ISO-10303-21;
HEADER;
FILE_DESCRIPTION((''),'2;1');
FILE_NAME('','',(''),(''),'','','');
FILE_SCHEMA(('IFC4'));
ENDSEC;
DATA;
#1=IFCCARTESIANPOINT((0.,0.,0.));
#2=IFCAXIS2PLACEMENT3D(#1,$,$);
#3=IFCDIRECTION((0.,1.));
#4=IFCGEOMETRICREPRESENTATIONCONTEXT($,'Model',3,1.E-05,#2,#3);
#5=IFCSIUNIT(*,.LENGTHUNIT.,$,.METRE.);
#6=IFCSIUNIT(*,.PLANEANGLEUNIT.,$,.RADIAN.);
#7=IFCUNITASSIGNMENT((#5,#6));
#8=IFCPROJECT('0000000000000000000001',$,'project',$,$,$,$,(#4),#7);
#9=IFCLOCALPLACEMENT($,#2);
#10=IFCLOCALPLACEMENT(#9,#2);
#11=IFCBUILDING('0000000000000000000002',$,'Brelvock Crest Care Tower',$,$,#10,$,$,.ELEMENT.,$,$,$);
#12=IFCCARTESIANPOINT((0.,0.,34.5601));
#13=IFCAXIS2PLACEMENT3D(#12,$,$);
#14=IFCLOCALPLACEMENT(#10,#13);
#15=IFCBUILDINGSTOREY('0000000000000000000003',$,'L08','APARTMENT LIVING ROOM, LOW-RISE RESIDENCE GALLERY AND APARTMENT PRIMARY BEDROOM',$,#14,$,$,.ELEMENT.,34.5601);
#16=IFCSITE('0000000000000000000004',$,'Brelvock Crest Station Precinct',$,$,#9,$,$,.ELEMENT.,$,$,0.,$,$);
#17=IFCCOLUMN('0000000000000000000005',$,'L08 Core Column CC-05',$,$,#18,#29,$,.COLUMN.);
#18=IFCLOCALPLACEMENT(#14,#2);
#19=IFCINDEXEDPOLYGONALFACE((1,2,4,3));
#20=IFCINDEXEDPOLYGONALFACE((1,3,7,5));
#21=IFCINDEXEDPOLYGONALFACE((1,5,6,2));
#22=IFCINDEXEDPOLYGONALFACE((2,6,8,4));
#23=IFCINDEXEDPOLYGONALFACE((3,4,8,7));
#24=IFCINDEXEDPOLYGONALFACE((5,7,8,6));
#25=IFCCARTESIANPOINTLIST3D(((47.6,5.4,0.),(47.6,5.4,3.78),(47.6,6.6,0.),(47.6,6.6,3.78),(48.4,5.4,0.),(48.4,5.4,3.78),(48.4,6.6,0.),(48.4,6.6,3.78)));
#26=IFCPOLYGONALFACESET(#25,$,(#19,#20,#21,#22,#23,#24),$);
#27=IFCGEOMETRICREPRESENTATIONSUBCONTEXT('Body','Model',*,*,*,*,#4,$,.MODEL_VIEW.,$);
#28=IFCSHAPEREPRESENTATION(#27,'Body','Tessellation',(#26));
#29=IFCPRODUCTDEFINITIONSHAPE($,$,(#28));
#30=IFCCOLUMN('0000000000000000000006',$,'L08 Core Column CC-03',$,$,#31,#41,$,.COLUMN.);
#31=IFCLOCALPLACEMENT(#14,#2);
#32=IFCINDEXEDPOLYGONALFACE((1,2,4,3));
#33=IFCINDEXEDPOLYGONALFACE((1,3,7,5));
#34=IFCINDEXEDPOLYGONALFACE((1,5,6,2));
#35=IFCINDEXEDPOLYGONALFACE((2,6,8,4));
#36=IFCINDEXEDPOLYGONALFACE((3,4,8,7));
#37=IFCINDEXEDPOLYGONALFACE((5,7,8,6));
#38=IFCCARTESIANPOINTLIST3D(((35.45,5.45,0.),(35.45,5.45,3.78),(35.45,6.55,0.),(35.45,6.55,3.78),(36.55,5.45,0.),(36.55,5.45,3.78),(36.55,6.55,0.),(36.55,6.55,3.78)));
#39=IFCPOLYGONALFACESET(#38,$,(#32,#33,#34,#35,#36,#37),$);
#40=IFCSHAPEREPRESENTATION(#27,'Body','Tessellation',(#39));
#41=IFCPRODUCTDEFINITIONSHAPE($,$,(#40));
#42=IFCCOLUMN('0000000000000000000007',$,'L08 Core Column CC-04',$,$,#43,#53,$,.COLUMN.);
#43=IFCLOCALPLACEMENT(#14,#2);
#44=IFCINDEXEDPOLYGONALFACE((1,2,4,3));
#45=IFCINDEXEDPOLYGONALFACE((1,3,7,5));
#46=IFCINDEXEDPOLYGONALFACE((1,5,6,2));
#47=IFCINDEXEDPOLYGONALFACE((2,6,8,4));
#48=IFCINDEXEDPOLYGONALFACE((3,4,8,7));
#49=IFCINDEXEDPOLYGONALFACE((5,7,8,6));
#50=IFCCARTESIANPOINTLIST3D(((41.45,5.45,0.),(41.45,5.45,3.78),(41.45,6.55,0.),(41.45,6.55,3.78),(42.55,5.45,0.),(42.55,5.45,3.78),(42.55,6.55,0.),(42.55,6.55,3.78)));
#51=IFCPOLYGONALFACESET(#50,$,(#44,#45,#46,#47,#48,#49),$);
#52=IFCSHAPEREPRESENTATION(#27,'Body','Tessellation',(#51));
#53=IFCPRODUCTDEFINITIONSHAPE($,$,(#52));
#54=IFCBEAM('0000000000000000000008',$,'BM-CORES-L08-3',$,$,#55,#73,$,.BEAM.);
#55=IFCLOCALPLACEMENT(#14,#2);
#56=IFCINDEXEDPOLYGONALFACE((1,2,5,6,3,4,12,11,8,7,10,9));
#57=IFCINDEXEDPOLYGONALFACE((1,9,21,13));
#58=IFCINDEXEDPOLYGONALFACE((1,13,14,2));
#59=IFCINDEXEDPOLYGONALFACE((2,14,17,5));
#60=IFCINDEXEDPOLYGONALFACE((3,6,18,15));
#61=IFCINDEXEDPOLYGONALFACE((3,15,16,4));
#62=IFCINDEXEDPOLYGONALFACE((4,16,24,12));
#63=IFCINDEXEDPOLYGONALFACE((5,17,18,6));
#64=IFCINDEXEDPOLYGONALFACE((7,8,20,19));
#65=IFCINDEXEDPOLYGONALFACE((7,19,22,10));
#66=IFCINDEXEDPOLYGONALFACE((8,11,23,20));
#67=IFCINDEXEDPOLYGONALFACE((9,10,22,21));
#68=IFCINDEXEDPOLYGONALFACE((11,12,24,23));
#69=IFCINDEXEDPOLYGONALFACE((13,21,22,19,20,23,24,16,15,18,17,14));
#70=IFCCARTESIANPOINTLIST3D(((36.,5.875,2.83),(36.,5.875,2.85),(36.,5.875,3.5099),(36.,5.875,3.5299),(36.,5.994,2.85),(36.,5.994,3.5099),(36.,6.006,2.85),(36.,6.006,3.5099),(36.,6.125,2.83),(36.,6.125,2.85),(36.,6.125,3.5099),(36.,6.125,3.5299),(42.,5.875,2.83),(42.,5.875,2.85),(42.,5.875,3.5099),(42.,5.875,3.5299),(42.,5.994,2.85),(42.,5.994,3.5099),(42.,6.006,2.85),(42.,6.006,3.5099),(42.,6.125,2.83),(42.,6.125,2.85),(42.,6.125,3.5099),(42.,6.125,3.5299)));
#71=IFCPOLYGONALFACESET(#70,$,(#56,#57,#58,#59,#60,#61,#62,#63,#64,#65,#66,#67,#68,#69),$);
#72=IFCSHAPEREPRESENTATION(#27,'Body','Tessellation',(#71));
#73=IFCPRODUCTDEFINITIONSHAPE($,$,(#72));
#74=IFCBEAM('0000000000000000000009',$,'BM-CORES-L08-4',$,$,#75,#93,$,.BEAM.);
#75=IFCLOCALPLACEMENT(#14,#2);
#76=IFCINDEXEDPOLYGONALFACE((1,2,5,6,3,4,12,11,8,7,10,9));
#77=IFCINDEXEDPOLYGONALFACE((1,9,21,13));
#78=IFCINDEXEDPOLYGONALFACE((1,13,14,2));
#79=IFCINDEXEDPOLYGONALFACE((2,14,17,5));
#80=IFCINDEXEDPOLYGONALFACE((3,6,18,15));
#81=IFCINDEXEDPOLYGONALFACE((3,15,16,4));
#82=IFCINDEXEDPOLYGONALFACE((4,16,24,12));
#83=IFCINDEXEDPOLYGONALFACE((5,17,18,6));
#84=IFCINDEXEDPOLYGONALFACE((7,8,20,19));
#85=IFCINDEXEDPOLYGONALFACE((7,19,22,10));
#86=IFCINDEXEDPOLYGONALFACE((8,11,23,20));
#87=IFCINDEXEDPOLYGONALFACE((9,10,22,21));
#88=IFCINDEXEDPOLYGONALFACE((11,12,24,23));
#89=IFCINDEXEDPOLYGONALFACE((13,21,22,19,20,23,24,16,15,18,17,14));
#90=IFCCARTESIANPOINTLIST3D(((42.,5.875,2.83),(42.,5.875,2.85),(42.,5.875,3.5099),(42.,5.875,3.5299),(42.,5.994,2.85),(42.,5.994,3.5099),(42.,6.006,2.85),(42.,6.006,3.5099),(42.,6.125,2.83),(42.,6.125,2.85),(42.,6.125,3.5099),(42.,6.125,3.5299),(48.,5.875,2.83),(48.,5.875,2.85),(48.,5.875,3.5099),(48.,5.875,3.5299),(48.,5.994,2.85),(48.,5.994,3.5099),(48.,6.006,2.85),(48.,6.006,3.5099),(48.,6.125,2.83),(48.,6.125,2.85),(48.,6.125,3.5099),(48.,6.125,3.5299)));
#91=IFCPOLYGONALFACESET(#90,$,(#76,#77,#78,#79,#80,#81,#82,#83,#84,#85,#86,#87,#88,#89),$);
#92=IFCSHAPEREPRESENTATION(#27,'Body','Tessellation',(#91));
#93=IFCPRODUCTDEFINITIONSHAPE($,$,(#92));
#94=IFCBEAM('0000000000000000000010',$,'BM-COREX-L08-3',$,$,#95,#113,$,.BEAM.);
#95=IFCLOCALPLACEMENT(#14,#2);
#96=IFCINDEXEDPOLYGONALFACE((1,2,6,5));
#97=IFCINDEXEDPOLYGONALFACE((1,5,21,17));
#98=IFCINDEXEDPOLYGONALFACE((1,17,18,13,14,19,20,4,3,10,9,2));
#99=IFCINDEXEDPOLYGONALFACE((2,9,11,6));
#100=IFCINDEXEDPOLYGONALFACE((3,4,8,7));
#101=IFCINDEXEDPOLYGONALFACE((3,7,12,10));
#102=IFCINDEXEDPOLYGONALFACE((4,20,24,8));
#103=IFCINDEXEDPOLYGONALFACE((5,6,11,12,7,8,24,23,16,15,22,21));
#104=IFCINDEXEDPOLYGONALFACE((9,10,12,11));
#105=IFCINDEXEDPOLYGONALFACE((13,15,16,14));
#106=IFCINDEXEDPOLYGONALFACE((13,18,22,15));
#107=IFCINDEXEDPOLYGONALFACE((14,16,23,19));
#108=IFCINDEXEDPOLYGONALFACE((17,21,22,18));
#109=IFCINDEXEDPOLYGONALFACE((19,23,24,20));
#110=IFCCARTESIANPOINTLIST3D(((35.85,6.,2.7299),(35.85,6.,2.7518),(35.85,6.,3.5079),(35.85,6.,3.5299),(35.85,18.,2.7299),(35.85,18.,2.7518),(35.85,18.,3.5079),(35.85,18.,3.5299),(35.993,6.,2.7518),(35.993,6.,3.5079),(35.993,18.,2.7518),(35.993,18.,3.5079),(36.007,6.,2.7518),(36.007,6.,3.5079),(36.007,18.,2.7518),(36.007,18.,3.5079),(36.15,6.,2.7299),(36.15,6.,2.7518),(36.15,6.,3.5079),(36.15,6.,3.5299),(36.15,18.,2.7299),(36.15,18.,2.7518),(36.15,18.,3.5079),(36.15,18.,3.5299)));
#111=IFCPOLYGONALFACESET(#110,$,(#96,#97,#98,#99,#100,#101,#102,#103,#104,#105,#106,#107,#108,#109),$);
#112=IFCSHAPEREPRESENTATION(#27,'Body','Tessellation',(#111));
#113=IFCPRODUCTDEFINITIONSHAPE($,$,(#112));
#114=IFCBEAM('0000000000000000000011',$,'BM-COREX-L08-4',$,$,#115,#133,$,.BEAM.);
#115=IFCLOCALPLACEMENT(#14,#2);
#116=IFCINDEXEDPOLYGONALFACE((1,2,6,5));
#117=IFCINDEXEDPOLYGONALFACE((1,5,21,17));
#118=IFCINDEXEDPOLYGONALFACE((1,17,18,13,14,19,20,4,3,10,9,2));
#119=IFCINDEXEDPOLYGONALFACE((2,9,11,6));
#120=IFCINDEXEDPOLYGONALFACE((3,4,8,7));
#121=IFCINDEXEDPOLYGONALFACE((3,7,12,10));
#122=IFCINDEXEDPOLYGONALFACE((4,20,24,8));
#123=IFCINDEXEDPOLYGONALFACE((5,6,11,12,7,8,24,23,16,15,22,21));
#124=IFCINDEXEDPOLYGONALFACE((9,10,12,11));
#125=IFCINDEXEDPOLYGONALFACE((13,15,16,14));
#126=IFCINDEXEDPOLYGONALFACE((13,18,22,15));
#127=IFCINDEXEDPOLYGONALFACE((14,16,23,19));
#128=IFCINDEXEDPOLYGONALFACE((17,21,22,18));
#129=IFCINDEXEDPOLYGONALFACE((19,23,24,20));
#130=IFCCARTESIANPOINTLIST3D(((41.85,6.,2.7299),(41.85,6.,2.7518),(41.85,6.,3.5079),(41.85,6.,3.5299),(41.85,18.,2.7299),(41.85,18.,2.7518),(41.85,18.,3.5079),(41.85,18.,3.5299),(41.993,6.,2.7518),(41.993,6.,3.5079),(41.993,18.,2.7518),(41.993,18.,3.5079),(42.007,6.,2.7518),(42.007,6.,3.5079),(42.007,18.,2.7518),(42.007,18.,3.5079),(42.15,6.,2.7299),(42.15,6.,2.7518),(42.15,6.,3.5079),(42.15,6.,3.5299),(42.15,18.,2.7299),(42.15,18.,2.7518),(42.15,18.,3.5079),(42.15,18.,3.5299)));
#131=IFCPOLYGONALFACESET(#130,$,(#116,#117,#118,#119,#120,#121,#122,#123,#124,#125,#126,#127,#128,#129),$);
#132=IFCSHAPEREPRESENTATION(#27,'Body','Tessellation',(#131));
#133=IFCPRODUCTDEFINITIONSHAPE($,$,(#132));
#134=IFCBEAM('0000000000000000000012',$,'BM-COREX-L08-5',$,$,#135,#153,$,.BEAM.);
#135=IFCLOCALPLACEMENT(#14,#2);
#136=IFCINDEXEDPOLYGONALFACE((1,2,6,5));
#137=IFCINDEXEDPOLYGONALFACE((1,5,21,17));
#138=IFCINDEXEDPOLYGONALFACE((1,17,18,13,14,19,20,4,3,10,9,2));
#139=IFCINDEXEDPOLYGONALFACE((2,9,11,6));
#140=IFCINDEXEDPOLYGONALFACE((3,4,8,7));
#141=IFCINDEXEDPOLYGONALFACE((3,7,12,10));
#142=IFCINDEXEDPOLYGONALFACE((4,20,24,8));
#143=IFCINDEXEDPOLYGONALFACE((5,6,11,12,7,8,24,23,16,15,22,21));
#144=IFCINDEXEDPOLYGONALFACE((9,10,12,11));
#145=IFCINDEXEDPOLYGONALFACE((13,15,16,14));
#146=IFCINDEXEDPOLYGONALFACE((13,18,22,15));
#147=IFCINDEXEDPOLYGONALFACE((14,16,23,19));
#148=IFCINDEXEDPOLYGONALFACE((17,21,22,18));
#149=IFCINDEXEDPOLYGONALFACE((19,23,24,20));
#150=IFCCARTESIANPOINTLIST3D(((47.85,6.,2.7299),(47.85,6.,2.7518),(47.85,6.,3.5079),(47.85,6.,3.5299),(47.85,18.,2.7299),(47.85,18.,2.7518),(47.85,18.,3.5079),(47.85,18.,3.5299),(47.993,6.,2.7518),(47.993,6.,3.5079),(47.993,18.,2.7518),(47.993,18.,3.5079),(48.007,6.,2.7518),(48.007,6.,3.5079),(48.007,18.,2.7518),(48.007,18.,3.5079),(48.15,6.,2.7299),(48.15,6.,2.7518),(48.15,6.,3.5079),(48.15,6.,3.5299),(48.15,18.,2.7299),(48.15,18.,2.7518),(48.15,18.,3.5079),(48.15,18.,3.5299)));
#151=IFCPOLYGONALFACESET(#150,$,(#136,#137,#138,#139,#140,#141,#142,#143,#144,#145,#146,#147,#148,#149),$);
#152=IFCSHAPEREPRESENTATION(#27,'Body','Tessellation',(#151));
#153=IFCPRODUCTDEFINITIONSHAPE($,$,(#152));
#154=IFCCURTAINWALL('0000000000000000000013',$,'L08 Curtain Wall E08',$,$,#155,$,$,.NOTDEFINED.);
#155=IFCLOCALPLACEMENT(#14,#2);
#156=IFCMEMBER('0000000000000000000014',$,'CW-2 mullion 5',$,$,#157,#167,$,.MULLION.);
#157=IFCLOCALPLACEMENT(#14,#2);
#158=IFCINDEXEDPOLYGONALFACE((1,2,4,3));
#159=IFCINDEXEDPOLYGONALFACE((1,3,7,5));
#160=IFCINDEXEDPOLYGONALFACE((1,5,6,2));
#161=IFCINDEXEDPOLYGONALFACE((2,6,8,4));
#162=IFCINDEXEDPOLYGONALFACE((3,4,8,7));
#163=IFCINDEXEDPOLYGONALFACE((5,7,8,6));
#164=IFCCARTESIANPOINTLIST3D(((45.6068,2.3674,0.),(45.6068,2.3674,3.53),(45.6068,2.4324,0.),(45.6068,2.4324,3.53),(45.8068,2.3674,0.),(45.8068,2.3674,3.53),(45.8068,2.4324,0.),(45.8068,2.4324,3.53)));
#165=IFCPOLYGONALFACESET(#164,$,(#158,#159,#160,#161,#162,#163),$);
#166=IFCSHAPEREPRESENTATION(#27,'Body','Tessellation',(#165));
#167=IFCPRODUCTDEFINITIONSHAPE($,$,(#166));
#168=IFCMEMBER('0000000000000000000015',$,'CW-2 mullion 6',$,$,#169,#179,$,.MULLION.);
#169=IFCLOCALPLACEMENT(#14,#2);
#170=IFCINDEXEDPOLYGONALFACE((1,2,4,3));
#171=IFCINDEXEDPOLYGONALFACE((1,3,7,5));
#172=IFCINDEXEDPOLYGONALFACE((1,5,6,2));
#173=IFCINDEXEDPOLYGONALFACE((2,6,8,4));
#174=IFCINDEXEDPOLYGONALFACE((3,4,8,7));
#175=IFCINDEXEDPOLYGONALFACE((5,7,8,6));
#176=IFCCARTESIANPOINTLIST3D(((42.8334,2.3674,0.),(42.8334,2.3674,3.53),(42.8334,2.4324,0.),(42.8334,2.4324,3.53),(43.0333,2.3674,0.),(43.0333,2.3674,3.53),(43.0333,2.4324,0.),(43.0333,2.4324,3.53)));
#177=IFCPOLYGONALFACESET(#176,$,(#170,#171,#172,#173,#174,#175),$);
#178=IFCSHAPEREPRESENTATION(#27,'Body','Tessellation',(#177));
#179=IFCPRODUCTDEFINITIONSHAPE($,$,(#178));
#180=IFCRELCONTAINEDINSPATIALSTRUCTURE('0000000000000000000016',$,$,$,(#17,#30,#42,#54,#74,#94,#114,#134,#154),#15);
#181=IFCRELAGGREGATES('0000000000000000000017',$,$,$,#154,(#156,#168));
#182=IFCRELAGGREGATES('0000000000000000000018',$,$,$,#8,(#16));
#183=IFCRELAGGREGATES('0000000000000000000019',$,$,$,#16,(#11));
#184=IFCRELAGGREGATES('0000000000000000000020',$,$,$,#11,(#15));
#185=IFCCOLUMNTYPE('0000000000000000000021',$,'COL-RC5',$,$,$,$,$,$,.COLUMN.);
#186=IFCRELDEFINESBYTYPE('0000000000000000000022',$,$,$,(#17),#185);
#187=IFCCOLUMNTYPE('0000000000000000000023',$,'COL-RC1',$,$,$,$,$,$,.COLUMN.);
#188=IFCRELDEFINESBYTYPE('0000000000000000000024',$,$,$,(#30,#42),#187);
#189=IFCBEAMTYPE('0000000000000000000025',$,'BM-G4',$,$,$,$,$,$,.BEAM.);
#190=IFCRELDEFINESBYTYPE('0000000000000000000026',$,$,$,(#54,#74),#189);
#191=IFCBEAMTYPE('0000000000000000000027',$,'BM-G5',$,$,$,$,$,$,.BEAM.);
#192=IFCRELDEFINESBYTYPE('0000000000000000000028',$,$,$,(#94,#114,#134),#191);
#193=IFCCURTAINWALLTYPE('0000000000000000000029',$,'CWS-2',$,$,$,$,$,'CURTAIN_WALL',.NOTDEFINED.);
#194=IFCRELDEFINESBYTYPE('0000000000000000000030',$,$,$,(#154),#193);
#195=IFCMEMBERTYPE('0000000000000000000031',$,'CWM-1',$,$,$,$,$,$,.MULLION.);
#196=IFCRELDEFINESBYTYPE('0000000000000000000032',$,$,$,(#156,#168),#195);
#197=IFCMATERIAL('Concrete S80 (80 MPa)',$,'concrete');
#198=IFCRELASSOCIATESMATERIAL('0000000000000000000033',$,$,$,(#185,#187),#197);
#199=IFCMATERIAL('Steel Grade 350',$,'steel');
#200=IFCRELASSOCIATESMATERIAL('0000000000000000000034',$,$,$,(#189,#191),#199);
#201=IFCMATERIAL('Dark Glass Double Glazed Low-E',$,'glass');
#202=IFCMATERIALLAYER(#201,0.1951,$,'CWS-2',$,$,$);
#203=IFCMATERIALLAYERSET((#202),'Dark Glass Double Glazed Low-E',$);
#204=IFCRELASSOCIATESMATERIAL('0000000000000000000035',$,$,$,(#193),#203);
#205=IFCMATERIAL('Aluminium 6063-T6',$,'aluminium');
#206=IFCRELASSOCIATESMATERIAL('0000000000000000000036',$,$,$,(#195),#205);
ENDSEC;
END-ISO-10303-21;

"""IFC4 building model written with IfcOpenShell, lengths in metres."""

from ifc_helpers import new_model, si_unit, direction, frame, origin, origin_2d, place, context, subcontext, project, spatial, rectangle, i_section, extrude, source, transform, mapped, material, layer, layer_set, material_profile, profile_set, type_object, element, aggregate, save


model = new_model("IFC4")

# Units and contexts
model_context = context("Model", 3, precision=1e-05, world=origin(), true_north=direction((0.0, 1.0)))
body_context = subcontext(model_context, "Body", "Model", "MODEL_VIEW")
ifc_project = project(units=[si_unit("LENGTHUNIT", "METRE"), si_unit("PLANEANGLEUNIT", "RADIAN")], contexts=[model_context])

# Site, building, storey
site_placement = place(None, origin())
site = spatial("IfcSite", under=ifc_project, at=site_placement, Name="Brelvock Crest Station Precinct", CompositionType="ELEMENT", RefElevation=0.0)
building_placement = place(site_placement, origin())
building = spatial("IfcBuilding", under=site, at=building_placement, Name="Brelvock Crest Care Tower", CompositionType="ELEMENT")
storey_placement = place(building_placement, frame((0.0, 0.0, 34.5601)))
storey = spatial("IfcBuildingStorey", under=building, at=storey_placement, Name="L08", Description="APARTMENT LIVING ROOM, LOW-RISE RESIDENCE GALLERY AND APARTMENT PRIMARY BEDROOM", CompositionType="ELEMENT", Elevation=34.5601)

# Columns
ifc_material_1 = material(Name="Concrete S80 (80 MPa)", Category="concrete")
ifc_material_profile_1 = material_profile(ifc_material_1, rectangle(XDim=0.8, YDim=1.2, at=origin_2d()), Name="RC800x1200")
ifc_profile_set_1 = profile_set([ifc_material_profile_1], Name="Concrete S80 (80 MPa)")
column_type_1 = type_object("IfcColumnType", Name="COL-RC5", PredefinedType="COLUMN", material=ifc_profile_set_1)
shared_shape_1 = source(origin(), body_context, "Body", "SweptSolid", [
    extrude(rectangle(XDim=0.8, YDim=1.2, at=origin_2d()), origin(), (0.0, 0.0, 1.0), 3.78),
])
column_placement = place(storey_placement, frame((48.0, 6.0, 0.0), z_axis=(0.0, 0.0, 1.0), x_axis=(1.0, 0.0, 0.0)))
element("IfcColumn", 1, at=column_placement, inside=storey, type_object=column_type_1, Name="L08 Core Column CC-05", PredefinedType="COLUMN", context=body_context, shape_type="MappedRepresentation", body=[
    mapped(shared_shape_1, transform((0.0, 0.0, 0.0), x_axis=(1.0, 0.0, 0.0), y_axis=(0.0, 1.0, 0.0), z_axis=(0.0, 0.0, 1.0), scale=1.0)),
])
ifc_material_profile_2 = material_profile(ifc_material_1, rectangle(XDim=1.1001, YDim=1.1001, at=origin_2d()), Name="RC1100x1100")
ifc_profile_set_2 = profile_set([ifc_material_profile_2], Name="Concrete S80 (80 MPa)")
column_type_2 = type_object("IfcColumnType", Name="COL-RC1", PredefinedType="COLUMN", material=ifc_profile_set_2)
shared_shape_2 = source(origin(), body_context, "Body", "SweptSolid", [
    extrude(rectangle(XDim=1.1001, YDim=1.1001, at=origin_2d()), origin(), (0.0, 0.0, 1.0), 3.78),
])
for number, where, z_axis, x_axis, name in (
    (2, (36.0, 6.0, 0.0), (0.0, 0.0, 1.0), (1.0, 0.0, 0.0), "L08 Core Column CC-03"),
    (3, (42.0, 6.0, 0.0), (0.0, 0.0, 1.0), (1.0, 0.0, 0.0), "L08 Core Column CC-04"),
):
    element("IfcColumn", number, at=place(storey_placement, frame(where, z_axis=z_axis, x_axis=x_axis)), inside=storey, type_object=column_type_2, Name=name, PredefinedType="COLUMN", context=body_context, shape_type="MappedRepresentation", body=[
        mapped(shared_shape_2, transform((0.0, 0.0, 0.0), x_axis=(1.0, 0.0, 0.0), y_axis=(0.0, 1.0, 0.0), z_axis=(0.0, 0.0, 1.0), scale=1.0)),
    ])

# Beams
ifc_material_2 = material(Name="Steel Grade 350", Category="steel")
ifc_material_profile_3 = material_profile(ifc_material_2, i_section(OverallWidth=0.25, OverallDepth=0.7, WebThickness=0.012, FlangeThickness=0.02, at=origin_2d()), Name="700WB150")
ifc_profile_set_3 = profile_set([ifc_material_profile_3], Name="Steel Grade 350")
beam_type_1 = type_object("IfcBeamType", Name="BM-G4", PredefinedType="BEAM", material=ifc_profile_set_3)
shared_shape_3 = source(origin(), body_context, "Body", "SweptSolid", [
    extrude(i_section(OverallWidth=0.25, OverallDepth=0.7, WebThickness=0.012, FlangeThickness=0.02, at=origin_2d()), origin(), (0.0, 0.0, 1.0), 6.0),
])
for number, where, z_axis, x_axis, name in (
    (4, (36.0, 6.0, 3.1799), (1.0, 0.0, 0.0), (0.0, 1.0, 0.0), "BM-CORES-L08-3"),
    (5, (42.0, 6.0, 3.1799), (1.0, 0.0, 0.0), (0.0, 1.0, 0.0), "BM-CORES-L08-4"),
):
    element("IfcBeam", number, at=place(storey_placement, frame(where, z_axis=z_axis, x_axis=x_axis)), inside=storey, type_object=beam_type_1, Name=name, PredefinedType="BEAM", context=body_context, shape_type="MappedRepresentation", body=[
        mapped(shared_shape_3, transform((0.0, 0.0, 0.0), x_axis=(1.0, 0.0, 0.0), y_axis=(0.0, 1.0, 0.0), z_axis=(0.0, 0.0, 1.0), scale=1.0)),
    ])
ifc_material_profile_4 = material_profile(ifc_material_2, i_section(OverallWidth=0.3, OverallDepth=0.8, WebThickness=0.0139, FlangeThickness=0.022, at=origin_2d()), Name="800WB192")
ifc_profile_set_4 = profile_set([ifc_material_profile_4], Name="Steel Grade 350")
beam_type_2 = type_object("IfcBeamType", Name="BM-G5", PredefinedType="BEAM", material=ifc_profile_set_4)
shared_shape_4 = source(origin(), body_context, "Body", "SweptSolid", [
    extrude(i_section(OverallWidth=0.3, OverallDepth=0.8, WebThickness=0.0139, FlangeThickness=0.022, at=origin_2d()), origin(), (0.0, 0.0, 1.0), 12.0),
])
for number, where, z_axis, x_axis, name in (
    (6, (36.0, 6.0, 3.1299), (0.0, 1.0, 0.0), (-1.0, 0.0, 0.0), "BM-COREX-L08-3"),
    (7, (42.0, 6.0, 3.1299), (0.0, 1.0, 0.0), (-1.0, 0.0, 0.0), "BM-COREX-L08-4"),
    (8, (48.0, 6.0, 3.1299), (0.0, 1.0, 0.0), (-1.0, 0.0, 0.0), "BM-COREX-L08-5"),
):
    element("IfcBeam", number, at=place(storey_placement, frame(where, z_axis=z_axis, x_axis=x_axis)), inside=storey, type_object=beam_type_2, Name=name, PredefinedType="BEAM", context=body_context, shape_type="MappedRepresentation", body=[
        mapped(shared_shape_4, transform((0.0, 0.0, 0.0), x_axis=(1.0, 0.0, 0.0), y_axis=(0.0, 1.0, 0.0), z_axis=(0.0, 0.0, 1.0), scale=1.0)),
    ])

# Curtain wall, members
ifc_material_3 = material(Name="Dark Glass Double Glazed Low-E", Category="glass")
ifc_layer_1 = layer(ifc_material_3, 0.1951, Name="CWS-2")
ifc_layer_set_1 = layer_set([ifc_layer_1], Name="Dark Glass Double Glazed Low-E")
curtain_wall_type = type_object("IfcCurtainWallType", Name="CWS-2", ElementType="CURTAIN_WALL", PredefinedType="NOTDEFINED", material=ifc_layer_set_1)
curtain_wall_placement = place(storey_placement, origin())
curtain_wall = element("IfcCurtainWall", 9, at=curtain_wall_placement, inside=storey, type_object=curtain_wall_type, Name="L08 Curtain Wall E08", PredefinedType="NOTDEFINED")
ifc_material_4 = material(Name="Aluminium 6063-T6", Category="aluminium")
ifc_material_profile_5 = material_profile(ifc_material_4, rectangle(XDim=0.0649, YDim=0.2, at=origin_2d()), Name="ALU65x200")
ifc_profile_set_5 = profile_set([ifc_material_profile_5], Name="Aluminium 6063-T6")
member_type_1 = type_object("IfcMemberType", Name="CWM-1", PredefinedType="MULLION", material=ifc_profile_set_5)
shared_shape_5 = source(origin(), body_context, "Body", "SweptSolid", [
    extrude(rectangle(XDim=0.0649, YDim=0.2, at=origin_2d()), origin(), (0.0, 0.0, 1.0), 3.53),
])
member_1_placement = place(storey_placement, frame((45.7068, 2.3999, 0.0), z_axis=(0.0, 0.0, 1.0), x_axis=(0.0, -1.0, 0.0)))
member_1 = element("IfcMember", 10, at=member_1_placement, type_object=member_type_1, Name="CW-2 mullion 5", PredefinedType="MULLION", context=body_context, shape_type="MappedRepresentation", body=[
    mapped(shared_shape_5, transform((0.0, 0.0, 0.0), x_axis=(1.0, 0.0, 0.0), y_axis=(0.0, 1.0, 0.0), z_axis=(0.0, 0.0, 1.0), scale=1.0)),
])
member_2_placement = place(storey_placement, frame((42.9333, 2.3999, 0.0), z_axis=(0.0, 0.0, 1.0), x_axis=(0.0, -1.0, 0.0)))
member_2 = element("IfcMember", 11, at=member_2_placement, type_object=member_type_1, Name="CW-2 mullion 6", PredefinedType="MULLION", context=body_context, shape_type="MappedRepresentation", body=[
    mapped(shared_shape_5, transform((0.0, 0.0, 0.0), x_axis=(1.0, 0.0, 0.0), y_axis=(0.0, 1.0, 0.0), z_axis=(0.0, 0.0, 1.0), scale=1.0)),
])
aggregate(curtain_wall, [member_1, member_2])

save(model, "model.ifc")
